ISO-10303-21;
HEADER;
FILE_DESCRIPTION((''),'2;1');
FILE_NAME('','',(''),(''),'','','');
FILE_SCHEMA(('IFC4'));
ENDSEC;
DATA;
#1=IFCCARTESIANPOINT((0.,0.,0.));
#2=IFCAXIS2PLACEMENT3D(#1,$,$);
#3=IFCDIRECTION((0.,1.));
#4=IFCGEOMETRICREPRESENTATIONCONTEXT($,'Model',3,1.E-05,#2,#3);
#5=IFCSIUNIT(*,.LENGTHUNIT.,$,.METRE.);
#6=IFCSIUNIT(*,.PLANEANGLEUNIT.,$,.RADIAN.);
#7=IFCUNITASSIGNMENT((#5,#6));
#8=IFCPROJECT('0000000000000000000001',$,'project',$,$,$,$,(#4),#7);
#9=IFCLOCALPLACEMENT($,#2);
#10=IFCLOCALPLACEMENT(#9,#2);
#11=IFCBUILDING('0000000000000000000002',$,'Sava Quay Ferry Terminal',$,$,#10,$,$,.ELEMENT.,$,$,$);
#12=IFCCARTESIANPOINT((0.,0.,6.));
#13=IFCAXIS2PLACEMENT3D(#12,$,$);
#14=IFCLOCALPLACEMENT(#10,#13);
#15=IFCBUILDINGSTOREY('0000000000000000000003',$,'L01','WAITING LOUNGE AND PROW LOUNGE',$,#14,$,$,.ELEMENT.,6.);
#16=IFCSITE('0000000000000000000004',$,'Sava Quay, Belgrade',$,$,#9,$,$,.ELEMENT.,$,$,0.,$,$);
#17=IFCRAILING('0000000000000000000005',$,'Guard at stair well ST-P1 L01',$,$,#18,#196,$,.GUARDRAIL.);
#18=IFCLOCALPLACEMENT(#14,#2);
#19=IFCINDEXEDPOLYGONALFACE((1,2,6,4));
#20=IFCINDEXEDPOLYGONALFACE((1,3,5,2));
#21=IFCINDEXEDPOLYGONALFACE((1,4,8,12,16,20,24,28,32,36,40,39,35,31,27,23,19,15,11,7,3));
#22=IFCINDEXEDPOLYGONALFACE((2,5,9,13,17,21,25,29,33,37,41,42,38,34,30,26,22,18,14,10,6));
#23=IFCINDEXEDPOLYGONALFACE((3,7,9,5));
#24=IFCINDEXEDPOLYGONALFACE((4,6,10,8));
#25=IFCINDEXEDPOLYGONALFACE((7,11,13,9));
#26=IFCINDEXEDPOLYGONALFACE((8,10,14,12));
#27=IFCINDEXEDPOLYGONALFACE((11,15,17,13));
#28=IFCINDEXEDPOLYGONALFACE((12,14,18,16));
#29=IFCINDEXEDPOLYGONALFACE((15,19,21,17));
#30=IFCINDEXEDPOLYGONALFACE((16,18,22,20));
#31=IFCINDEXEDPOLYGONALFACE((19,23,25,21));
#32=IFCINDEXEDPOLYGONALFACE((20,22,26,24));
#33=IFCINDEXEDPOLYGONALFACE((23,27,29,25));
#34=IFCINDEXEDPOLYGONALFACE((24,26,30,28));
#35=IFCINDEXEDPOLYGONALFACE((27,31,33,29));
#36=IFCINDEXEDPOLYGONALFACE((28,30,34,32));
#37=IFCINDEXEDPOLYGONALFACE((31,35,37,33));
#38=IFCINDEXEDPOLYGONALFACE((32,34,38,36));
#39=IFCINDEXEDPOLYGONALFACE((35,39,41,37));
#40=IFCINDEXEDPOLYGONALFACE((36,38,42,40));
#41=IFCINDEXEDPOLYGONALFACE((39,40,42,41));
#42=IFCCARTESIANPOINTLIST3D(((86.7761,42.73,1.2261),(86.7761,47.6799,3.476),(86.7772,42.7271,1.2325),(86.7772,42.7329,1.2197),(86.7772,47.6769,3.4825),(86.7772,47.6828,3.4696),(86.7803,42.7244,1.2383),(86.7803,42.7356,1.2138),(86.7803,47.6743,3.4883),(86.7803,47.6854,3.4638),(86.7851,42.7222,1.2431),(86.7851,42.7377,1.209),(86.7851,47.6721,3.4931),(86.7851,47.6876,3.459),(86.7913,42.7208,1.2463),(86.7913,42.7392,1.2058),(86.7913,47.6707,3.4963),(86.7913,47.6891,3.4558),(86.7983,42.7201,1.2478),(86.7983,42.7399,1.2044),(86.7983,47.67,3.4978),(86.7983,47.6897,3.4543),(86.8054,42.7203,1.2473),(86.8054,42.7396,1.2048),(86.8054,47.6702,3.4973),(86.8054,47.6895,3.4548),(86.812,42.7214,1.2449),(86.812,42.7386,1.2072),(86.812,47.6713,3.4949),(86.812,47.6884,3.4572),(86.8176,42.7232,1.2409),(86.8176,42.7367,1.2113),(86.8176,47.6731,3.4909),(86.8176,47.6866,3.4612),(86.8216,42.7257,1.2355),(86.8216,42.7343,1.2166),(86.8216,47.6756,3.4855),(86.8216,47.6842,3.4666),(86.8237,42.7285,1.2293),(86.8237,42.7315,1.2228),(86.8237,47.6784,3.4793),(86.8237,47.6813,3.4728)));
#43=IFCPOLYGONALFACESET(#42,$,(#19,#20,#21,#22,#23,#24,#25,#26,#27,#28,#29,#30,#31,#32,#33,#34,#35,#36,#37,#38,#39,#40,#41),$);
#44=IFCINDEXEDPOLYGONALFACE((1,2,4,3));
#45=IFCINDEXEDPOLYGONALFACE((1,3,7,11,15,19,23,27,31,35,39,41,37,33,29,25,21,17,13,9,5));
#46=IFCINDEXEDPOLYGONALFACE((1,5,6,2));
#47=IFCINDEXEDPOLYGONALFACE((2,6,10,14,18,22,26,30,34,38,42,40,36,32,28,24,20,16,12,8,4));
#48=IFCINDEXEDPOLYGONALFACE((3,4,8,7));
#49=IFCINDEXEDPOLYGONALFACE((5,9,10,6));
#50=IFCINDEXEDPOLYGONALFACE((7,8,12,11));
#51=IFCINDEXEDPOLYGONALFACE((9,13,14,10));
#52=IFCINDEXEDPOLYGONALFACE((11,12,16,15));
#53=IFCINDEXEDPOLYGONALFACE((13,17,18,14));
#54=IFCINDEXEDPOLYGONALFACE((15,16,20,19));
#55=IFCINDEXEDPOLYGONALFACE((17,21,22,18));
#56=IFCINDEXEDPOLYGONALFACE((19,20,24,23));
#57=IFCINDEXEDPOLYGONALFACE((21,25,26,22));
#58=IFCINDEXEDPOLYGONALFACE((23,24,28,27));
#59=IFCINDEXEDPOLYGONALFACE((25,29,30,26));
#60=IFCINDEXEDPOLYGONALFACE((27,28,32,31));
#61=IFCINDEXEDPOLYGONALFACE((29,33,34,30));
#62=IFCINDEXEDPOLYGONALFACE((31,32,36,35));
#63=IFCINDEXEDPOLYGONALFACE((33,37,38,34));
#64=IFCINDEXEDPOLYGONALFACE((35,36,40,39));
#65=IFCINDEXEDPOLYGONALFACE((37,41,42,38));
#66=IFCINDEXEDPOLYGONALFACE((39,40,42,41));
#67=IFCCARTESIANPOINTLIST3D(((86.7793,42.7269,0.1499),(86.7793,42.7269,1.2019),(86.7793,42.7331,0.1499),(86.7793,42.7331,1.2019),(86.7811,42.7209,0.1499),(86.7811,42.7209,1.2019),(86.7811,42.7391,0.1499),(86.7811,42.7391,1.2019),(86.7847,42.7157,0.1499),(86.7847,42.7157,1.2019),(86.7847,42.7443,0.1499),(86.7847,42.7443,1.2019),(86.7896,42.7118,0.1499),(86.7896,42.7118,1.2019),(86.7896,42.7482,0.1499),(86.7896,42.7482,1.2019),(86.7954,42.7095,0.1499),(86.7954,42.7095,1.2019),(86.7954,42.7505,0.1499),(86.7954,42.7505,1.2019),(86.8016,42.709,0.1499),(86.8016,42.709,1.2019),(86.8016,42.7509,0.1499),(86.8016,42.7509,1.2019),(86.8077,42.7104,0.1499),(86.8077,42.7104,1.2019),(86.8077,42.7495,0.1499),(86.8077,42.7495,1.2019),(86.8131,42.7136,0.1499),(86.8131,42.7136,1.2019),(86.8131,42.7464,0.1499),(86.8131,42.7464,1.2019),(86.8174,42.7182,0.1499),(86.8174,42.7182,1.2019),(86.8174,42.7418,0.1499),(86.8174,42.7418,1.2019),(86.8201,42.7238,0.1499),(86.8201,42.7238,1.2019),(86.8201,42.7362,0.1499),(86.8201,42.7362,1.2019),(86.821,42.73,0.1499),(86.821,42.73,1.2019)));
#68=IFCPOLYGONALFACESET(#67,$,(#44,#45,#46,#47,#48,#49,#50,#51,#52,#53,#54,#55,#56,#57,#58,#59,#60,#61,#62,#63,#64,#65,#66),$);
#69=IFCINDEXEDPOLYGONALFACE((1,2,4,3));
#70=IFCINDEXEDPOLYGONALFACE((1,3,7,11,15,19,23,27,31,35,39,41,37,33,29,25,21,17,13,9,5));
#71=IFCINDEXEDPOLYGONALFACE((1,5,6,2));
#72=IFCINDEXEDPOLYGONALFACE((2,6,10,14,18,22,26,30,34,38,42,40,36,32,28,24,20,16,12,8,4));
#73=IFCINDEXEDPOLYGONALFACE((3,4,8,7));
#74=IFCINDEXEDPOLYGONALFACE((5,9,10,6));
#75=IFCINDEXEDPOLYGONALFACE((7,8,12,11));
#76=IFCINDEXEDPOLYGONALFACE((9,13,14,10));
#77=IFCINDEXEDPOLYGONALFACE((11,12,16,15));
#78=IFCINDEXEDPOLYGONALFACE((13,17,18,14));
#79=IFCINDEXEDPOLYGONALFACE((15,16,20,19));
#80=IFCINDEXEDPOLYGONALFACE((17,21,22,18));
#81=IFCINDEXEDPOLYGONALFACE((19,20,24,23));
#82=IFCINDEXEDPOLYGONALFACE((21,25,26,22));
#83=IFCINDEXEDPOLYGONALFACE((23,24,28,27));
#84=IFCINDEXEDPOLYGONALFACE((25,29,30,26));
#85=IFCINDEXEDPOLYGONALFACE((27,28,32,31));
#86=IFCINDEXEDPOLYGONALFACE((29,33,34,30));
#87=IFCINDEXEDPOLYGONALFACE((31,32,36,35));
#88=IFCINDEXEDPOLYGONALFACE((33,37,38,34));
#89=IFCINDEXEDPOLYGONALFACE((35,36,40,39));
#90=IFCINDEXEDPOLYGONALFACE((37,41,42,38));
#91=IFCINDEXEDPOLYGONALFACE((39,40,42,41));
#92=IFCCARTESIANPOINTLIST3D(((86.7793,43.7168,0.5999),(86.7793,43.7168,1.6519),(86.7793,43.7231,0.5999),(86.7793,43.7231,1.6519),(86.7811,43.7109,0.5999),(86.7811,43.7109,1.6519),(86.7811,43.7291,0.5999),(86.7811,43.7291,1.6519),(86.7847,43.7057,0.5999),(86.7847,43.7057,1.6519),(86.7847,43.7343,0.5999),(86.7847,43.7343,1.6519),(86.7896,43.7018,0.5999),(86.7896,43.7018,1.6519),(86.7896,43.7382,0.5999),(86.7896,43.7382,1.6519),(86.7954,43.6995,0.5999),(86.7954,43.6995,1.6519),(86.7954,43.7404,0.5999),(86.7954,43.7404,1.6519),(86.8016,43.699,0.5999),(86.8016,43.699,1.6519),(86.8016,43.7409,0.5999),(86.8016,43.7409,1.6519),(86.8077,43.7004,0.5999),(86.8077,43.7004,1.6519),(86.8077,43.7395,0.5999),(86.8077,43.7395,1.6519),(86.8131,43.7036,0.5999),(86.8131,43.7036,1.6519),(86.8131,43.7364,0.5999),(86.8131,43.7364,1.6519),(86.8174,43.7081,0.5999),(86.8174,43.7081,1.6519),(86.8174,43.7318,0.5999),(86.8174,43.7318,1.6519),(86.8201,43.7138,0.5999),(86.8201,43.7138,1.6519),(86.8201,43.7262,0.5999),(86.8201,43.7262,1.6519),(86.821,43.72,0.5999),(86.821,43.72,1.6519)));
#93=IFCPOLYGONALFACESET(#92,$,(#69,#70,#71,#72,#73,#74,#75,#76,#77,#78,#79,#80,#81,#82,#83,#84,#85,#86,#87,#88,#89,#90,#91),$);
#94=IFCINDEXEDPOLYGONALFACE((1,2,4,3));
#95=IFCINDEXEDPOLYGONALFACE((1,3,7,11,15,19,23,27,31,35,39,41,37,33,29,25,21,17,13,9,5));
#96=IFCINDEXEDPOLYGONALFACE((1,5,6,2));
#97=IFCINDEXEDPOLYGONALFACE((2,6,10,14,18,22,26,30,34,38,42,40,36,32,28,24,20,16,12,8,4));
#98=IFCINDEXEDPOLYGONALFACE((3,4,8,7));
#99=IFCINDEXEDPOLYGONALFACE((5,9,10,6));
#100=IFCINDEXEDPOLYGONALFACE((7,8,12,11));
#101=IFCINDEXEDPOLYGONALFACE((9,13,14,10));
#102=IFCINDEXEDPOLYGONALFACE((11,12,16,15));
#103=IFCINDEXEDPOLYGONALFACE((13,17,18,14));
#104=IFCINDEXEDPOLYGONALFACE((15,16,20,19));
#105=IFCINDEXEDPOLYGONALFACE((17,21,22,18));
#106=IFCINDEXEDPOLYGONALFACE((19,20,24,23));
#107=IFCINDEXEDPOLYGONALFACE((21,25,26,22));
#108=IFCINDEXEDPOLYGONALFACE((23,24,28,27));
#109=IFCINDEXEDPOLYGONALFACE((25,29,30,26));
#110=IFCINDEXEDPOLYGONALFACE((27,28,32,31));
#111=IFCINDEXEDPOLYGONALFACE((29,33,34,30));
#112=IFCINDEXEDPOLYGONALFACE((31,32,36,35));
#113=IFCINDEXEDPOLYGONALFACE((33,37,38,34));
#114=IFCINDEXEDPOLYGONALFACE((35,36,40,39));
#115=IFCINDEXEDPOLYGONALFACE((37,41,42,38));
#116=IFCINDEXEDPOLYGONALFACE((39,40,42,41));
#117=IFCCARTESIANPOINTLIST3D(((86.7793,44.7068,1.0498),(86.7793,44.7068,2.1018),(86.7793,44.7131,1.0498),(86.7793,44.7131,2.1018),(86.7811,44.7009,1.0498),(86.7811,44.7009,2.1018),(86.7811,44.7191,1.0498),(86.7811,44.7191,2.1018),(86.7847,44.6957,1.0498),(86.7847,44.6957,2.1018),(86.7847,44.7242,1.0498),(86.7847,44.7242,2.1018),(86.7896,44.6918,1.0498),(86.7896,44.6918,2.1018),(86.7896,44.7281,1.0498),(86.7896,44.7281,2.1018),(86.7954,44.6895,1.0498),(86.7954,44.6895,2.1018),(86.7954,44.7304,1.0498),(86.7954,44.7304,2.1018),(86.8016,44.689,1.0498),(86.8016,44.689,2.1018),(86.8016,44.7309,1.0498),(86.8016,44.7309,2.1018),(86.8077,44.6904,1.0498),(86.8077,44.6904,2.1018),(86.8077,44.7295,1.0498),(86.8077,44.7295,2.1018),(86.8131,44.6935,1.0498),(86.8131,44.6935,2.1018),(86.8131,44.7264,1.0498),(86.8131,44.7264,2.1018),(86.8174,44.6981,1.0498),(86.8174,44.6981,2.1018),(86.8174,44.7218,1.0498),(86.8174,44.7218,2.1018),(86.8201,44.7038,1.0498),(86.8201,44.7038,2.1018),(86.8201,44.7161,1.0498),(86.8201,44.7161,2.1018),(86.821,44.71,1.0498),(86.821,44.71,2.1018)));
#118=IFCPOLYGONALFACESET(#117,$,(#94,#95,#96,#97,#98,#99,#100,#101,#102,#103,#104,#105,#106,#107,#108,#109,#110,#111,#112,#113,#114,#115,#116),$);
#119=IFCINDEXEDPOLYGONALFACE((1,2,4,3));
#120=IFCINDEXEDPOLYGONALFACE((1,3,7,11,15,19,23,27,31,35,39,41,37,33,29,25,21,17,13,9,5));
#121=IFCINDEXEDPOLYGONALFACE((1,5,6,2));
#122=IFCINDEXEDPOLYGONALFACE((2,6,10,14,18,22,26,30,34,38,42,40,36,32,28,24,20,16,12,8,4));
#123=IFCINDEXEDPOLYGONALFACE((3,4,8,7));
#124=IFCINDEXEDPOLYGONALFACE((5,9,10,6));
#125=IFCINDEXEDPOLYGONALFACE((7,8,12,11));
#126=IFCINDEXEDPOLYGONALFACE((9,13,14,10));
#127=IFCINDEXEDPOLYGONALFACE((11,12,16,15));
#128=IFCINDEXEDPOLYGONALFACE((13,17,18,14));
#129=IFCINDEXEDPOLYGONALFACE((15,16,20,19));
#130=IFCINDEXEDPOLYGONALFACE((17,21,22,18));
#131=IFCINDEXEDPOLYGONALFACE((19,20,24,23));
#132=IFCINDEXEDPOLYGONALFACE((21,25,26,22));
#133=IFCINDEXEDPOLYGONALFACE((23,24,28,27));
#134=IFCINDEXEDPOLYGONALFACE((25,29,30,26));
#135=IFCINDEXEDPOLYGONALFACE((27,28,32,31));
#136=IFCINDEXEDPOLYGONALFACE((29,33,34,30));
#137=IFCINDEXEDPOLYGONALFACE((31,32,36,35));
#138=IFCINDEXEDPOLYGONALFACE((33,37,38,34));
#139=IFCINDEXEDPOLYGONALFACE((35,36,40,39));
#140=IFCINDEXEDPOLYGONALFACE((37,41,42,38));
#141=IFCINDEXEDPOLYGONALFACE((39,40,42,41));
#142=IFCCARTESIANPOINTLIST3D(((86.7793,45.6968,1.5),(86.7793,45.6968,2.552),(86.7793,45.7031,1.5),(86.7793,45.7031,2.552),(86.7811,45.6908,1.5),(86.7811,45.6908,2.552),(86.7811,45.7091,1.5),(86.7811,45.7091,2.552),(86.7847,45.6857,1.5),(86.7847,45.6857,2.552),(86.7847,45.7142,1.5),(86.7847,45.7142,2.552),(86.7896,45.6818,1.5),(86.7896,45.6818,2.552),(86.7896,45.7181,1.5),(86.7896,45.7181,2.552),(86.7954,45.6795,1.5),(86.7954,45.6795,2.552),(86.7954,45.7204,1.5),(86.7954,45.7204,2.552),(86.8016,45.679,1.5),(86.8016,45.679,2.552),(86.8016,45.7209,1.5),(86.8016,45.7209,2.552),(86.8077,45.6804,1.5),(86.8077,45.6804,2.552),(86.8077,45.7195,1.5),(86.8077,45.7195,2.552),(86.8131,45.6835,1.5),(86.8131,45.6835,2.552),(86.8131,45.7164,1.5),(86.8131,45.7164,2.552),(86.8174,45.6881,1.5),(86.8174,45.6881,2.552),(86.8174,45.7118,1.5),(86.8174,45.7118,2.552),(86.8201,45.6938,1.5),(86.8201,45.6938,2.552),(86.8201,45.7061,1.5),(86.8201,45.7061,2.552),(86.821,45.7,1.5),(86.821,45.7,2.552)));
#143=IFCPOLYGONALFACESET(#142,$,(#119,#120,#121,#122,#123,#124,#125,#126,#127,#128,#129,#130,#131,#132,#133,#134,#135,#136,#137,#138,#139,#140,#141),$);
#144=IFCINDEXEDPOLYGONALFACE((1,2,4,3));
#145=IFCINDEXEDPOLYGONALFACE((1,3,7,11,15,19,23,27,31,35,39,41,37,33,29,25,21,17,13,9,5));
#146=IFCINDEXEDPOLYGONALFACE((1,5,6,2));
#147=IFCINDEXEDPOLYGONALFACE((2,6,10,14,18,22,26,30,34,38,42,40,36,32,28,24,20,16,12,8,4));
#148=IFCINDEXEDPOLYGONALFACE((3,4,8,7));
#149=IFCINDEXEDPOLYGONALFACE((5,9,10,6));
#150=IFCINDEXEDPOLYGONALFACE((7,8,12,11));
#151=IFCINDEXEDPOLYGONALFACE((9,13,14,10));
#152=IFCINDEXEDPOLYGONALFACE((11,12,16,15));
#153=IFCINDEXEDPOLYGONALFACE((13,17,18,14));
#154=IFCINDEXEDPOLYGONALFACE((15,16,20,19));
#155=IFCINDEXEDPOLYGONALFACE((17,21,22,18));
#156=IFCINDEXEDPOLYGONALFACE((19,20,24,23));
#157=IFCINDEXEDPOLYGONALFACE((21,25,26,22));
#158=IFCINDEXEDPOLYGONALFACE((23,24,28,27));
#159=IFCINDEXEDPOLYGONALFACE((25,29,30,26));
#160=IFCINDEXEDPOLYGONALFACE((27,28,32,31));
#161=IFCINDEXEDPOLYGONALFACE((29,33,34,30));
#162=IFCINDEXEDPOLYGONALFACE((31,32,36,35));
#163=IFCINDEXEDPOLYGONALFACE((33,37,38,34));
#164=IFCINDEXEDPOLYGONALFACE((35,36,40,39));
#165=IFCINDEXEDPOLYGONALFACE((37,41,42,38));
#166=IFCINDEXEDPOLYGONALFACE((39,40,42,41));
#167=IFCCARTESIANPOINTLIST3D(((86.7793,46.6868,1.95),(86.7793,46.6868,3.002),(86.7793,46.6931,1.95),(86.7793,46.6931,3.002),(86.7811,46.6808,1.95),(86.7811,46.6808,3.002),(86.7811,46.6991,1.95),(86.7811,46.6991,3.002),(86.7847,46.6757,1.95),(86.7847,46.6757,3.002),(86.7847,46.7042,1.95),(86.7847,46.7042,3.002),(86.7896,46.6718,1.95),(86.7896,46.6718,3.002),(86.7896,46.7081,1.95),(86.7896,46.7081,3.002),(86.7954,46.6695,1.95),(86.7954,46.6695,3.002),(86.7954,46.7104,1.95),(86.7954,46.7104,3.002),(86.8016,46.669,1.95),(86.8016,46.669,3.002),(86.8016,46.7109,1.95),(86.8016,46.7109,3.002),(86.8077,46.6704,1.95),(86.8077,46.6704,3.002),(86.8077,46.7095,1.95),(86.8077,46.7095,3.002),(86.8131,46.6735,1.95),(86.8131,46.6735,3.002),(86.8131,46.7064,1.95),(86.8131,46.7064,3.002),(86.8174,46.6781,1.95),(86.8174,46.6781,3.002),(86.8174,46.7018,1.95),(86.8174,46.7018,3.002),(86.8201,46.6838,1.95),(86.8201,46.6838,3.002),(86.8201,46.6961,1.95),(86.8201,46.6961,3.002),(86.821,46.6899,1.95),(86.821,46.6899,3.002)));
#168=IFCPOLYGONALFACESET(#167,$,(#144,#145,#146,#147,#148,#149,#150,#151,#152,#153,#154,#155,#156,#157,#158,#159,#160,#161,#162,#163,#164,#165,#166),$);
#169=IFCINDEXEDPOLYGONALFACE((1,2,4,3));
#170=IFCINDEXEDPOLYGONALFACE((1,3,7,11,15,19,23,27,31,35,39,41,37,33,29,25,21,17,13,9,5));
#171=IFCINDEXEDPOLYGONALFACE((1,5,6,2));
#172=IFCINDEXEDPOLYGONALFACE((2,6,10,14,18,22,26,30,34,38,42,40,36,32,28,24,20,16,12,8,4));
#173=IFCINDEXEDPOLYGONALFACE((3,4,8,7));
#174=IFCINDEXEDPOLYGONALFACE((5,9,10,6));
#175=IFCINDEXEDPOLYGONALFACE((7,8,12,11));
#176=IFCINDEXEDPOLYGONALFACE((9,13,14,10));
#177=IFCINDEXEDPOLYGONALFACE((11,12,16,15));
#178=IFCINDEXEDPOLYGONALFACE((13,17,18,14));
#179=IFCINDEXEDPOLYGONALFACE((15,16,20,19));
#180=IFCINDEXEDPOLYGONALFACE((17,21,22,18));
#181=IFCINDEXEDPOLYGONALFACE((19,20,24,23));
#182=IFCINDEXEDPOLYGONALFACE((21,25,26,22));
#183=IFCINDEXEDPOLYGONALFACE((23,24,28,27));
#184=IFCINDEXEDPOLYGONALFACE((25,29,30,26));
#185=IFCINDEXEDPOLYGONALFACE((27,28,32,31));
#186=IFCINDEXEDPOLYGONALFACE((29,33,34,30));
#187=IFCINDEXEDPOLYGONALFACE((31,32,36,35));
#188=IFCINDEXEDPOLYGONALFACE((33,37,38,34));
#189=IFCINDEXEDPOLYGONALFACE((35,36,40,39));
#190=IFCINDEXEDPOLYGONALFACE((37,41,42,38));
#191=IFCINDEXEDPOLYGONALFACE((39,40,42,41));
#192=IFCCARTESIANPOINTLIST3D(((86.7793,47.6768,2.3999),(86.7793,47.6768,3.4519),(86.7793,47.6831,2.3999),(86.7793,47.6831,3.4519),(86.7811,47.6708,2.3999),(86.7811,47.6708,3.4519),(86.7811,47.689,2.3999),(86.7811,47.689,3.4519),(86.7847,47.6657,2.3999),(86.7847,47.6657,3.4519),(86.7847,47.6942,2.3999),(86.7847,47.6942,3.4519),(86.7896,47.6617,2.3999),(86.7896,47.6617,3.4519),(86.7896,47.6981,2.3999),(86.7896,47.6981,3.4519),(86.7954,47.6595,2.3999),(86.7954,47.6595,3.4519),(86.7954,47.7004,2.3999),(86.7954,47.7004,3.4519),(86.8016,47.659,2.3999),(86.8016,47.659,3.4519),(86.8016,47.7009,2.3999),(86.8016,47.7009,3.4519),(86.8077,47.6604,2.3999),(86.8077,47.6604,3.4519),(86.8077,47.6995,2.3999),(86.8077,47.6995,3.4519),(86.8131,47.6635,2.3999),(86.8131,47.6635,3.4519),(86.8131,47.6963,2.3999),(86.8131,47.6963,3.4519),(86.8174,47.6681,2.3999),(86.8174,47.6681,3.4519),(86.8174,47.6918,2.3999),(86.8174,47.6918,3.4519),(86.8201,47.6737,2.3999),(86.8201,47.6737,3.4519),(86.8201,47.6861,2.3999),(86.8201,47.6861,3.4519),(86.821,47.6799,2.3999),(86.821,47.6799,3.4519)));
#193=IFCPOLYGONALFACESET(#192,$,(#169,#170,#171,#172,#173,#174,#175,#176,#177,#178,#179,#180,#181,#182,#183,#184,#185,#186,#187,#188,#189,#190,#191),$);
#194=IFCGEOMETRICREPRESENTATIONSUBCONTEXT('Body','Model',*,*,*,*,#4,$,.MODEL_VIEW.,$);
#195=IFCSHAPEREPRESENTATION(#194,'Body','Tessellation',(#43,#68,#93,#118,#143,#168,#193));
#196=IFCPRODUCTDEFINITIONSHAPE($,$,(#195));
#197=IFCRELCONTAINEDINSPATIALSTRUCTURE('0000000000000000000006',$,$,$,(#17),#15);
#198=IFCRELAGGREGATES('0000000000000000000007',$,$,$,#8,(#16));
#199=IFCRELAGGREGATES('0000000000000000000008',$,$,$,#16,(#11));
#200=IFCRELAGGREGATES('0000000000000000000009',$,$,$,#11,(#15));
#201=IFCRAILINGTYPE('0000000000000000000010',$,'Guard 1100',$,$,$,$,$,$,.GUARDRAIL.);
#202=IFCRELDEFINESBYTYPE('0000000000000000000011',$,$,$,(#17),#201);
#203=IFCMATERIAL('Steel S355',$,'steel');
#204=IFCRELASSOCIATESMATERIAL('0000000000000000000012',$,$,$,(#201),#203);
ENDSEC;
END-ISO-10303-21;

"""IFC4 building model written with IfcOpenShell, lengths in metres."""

from ifc_helpers import new_model, si_unit, direction, frame, origin, origin_2d, place, context, subcontext, project, spatial, circle, extrude, material, type_object, element, save


model = new_model("IFC4")

# Units and contexts
model_context = context("Model", 3, precision=1e-05, world=origin(), true_north=direction((0.0, 1.0)))
body_context = subcontext(model_context, "Body", "Model", "MODEL_VIEW")
ifc_project = project(units=[si_unit("LENGTHUNIT", "METRE"), si_unit("PLANEANGLEUNIT", "RADIAN")], contexts=[model_context])

# Site, building, storey
site_placement = place(None, origin())
site = spatial("IfcSite", under=ifc_project, at=site_placement, Name="Sava Quay, Belgrade", CompositionType="ELEMENT", RefElevation=0.0)
building_placement = place(site_placement, origin())
building = spatial("IfcBuilding", under=site, at=building_placement, Name="Sava Quay Ferry Terminal", CompositionType="ELEMENT")
storey_placement = place(building_placement, frame((0.0, 0.0, 6.0)))
storey = spatial("IfcBuildingStorey", under=building, at=storey_placement, Name="L01", Description="WAITING LOUNGE AND PROW LOUNGE", CompositionType="ELEMENT", Elevation=6.0)

# Railing
ifc_material_1 = material(Name="Steel S355", Category="steel")
railing_type_1 = type_object("IfcRailingType", Name="Guard 1100", PredefinedType="GUARDRAIL", material=ifc_material_1)
railing_1_placement = place(storey_placement, frame((86.8, 42.73, 0.1499)))
element("IfcRailing", 1, at=railing_1_placement, inside=storey, type_object=railing_type_1, Name="Guard at stair well ST-P1 L01", PredefinedType="GUARDRAIL", context=body_context, shape_type="SweptSolid", body=[
    extrude(circle(Radius=0.0239, at=origin_2d()), frame((0.0, 0.0, 1.0762), z_axis=(0.0, 0.910365, 0.413806), x_axis=(-1.0, 0.0, 0.0)), (0.0, 0.0, 1.0), 5.4373),
    extrude(circle(Radius=0.021, at=origin_2d()), origin(), (0.0, 0.0, 1.0), 1.052),
    extrude(circle(Radius=0.021, at=origin_2d()), frame((0.0, 0.99, 0.45)), (0.0, 0.0, 1.0), 1.052),
    extrude(circle(Radius=0.021, at=origin_2d()), frame((0.0, 1.98, 0.8999)), (0.0, 0.0, 1.0), 1.052),
    extrude(circle(Radius=0.021, at=origin_2d()), frame((0.0, 2.97, 1.3501)), (0.0, 0.0, 1.0), 1.052),
    extrude(circle(Radius=0.021, at=origin_2d()), frame((0.0, 3.96, 1.8)), (0.0, 0.0, 1.0), 1.052),
    extrude(circle(Radius=0.021, at=origin_2d()), frame((0.0, 4.95, 2.25)), (0.0, 0.0, 1.0), 1.052),
])

save(model, "model.ifc")
